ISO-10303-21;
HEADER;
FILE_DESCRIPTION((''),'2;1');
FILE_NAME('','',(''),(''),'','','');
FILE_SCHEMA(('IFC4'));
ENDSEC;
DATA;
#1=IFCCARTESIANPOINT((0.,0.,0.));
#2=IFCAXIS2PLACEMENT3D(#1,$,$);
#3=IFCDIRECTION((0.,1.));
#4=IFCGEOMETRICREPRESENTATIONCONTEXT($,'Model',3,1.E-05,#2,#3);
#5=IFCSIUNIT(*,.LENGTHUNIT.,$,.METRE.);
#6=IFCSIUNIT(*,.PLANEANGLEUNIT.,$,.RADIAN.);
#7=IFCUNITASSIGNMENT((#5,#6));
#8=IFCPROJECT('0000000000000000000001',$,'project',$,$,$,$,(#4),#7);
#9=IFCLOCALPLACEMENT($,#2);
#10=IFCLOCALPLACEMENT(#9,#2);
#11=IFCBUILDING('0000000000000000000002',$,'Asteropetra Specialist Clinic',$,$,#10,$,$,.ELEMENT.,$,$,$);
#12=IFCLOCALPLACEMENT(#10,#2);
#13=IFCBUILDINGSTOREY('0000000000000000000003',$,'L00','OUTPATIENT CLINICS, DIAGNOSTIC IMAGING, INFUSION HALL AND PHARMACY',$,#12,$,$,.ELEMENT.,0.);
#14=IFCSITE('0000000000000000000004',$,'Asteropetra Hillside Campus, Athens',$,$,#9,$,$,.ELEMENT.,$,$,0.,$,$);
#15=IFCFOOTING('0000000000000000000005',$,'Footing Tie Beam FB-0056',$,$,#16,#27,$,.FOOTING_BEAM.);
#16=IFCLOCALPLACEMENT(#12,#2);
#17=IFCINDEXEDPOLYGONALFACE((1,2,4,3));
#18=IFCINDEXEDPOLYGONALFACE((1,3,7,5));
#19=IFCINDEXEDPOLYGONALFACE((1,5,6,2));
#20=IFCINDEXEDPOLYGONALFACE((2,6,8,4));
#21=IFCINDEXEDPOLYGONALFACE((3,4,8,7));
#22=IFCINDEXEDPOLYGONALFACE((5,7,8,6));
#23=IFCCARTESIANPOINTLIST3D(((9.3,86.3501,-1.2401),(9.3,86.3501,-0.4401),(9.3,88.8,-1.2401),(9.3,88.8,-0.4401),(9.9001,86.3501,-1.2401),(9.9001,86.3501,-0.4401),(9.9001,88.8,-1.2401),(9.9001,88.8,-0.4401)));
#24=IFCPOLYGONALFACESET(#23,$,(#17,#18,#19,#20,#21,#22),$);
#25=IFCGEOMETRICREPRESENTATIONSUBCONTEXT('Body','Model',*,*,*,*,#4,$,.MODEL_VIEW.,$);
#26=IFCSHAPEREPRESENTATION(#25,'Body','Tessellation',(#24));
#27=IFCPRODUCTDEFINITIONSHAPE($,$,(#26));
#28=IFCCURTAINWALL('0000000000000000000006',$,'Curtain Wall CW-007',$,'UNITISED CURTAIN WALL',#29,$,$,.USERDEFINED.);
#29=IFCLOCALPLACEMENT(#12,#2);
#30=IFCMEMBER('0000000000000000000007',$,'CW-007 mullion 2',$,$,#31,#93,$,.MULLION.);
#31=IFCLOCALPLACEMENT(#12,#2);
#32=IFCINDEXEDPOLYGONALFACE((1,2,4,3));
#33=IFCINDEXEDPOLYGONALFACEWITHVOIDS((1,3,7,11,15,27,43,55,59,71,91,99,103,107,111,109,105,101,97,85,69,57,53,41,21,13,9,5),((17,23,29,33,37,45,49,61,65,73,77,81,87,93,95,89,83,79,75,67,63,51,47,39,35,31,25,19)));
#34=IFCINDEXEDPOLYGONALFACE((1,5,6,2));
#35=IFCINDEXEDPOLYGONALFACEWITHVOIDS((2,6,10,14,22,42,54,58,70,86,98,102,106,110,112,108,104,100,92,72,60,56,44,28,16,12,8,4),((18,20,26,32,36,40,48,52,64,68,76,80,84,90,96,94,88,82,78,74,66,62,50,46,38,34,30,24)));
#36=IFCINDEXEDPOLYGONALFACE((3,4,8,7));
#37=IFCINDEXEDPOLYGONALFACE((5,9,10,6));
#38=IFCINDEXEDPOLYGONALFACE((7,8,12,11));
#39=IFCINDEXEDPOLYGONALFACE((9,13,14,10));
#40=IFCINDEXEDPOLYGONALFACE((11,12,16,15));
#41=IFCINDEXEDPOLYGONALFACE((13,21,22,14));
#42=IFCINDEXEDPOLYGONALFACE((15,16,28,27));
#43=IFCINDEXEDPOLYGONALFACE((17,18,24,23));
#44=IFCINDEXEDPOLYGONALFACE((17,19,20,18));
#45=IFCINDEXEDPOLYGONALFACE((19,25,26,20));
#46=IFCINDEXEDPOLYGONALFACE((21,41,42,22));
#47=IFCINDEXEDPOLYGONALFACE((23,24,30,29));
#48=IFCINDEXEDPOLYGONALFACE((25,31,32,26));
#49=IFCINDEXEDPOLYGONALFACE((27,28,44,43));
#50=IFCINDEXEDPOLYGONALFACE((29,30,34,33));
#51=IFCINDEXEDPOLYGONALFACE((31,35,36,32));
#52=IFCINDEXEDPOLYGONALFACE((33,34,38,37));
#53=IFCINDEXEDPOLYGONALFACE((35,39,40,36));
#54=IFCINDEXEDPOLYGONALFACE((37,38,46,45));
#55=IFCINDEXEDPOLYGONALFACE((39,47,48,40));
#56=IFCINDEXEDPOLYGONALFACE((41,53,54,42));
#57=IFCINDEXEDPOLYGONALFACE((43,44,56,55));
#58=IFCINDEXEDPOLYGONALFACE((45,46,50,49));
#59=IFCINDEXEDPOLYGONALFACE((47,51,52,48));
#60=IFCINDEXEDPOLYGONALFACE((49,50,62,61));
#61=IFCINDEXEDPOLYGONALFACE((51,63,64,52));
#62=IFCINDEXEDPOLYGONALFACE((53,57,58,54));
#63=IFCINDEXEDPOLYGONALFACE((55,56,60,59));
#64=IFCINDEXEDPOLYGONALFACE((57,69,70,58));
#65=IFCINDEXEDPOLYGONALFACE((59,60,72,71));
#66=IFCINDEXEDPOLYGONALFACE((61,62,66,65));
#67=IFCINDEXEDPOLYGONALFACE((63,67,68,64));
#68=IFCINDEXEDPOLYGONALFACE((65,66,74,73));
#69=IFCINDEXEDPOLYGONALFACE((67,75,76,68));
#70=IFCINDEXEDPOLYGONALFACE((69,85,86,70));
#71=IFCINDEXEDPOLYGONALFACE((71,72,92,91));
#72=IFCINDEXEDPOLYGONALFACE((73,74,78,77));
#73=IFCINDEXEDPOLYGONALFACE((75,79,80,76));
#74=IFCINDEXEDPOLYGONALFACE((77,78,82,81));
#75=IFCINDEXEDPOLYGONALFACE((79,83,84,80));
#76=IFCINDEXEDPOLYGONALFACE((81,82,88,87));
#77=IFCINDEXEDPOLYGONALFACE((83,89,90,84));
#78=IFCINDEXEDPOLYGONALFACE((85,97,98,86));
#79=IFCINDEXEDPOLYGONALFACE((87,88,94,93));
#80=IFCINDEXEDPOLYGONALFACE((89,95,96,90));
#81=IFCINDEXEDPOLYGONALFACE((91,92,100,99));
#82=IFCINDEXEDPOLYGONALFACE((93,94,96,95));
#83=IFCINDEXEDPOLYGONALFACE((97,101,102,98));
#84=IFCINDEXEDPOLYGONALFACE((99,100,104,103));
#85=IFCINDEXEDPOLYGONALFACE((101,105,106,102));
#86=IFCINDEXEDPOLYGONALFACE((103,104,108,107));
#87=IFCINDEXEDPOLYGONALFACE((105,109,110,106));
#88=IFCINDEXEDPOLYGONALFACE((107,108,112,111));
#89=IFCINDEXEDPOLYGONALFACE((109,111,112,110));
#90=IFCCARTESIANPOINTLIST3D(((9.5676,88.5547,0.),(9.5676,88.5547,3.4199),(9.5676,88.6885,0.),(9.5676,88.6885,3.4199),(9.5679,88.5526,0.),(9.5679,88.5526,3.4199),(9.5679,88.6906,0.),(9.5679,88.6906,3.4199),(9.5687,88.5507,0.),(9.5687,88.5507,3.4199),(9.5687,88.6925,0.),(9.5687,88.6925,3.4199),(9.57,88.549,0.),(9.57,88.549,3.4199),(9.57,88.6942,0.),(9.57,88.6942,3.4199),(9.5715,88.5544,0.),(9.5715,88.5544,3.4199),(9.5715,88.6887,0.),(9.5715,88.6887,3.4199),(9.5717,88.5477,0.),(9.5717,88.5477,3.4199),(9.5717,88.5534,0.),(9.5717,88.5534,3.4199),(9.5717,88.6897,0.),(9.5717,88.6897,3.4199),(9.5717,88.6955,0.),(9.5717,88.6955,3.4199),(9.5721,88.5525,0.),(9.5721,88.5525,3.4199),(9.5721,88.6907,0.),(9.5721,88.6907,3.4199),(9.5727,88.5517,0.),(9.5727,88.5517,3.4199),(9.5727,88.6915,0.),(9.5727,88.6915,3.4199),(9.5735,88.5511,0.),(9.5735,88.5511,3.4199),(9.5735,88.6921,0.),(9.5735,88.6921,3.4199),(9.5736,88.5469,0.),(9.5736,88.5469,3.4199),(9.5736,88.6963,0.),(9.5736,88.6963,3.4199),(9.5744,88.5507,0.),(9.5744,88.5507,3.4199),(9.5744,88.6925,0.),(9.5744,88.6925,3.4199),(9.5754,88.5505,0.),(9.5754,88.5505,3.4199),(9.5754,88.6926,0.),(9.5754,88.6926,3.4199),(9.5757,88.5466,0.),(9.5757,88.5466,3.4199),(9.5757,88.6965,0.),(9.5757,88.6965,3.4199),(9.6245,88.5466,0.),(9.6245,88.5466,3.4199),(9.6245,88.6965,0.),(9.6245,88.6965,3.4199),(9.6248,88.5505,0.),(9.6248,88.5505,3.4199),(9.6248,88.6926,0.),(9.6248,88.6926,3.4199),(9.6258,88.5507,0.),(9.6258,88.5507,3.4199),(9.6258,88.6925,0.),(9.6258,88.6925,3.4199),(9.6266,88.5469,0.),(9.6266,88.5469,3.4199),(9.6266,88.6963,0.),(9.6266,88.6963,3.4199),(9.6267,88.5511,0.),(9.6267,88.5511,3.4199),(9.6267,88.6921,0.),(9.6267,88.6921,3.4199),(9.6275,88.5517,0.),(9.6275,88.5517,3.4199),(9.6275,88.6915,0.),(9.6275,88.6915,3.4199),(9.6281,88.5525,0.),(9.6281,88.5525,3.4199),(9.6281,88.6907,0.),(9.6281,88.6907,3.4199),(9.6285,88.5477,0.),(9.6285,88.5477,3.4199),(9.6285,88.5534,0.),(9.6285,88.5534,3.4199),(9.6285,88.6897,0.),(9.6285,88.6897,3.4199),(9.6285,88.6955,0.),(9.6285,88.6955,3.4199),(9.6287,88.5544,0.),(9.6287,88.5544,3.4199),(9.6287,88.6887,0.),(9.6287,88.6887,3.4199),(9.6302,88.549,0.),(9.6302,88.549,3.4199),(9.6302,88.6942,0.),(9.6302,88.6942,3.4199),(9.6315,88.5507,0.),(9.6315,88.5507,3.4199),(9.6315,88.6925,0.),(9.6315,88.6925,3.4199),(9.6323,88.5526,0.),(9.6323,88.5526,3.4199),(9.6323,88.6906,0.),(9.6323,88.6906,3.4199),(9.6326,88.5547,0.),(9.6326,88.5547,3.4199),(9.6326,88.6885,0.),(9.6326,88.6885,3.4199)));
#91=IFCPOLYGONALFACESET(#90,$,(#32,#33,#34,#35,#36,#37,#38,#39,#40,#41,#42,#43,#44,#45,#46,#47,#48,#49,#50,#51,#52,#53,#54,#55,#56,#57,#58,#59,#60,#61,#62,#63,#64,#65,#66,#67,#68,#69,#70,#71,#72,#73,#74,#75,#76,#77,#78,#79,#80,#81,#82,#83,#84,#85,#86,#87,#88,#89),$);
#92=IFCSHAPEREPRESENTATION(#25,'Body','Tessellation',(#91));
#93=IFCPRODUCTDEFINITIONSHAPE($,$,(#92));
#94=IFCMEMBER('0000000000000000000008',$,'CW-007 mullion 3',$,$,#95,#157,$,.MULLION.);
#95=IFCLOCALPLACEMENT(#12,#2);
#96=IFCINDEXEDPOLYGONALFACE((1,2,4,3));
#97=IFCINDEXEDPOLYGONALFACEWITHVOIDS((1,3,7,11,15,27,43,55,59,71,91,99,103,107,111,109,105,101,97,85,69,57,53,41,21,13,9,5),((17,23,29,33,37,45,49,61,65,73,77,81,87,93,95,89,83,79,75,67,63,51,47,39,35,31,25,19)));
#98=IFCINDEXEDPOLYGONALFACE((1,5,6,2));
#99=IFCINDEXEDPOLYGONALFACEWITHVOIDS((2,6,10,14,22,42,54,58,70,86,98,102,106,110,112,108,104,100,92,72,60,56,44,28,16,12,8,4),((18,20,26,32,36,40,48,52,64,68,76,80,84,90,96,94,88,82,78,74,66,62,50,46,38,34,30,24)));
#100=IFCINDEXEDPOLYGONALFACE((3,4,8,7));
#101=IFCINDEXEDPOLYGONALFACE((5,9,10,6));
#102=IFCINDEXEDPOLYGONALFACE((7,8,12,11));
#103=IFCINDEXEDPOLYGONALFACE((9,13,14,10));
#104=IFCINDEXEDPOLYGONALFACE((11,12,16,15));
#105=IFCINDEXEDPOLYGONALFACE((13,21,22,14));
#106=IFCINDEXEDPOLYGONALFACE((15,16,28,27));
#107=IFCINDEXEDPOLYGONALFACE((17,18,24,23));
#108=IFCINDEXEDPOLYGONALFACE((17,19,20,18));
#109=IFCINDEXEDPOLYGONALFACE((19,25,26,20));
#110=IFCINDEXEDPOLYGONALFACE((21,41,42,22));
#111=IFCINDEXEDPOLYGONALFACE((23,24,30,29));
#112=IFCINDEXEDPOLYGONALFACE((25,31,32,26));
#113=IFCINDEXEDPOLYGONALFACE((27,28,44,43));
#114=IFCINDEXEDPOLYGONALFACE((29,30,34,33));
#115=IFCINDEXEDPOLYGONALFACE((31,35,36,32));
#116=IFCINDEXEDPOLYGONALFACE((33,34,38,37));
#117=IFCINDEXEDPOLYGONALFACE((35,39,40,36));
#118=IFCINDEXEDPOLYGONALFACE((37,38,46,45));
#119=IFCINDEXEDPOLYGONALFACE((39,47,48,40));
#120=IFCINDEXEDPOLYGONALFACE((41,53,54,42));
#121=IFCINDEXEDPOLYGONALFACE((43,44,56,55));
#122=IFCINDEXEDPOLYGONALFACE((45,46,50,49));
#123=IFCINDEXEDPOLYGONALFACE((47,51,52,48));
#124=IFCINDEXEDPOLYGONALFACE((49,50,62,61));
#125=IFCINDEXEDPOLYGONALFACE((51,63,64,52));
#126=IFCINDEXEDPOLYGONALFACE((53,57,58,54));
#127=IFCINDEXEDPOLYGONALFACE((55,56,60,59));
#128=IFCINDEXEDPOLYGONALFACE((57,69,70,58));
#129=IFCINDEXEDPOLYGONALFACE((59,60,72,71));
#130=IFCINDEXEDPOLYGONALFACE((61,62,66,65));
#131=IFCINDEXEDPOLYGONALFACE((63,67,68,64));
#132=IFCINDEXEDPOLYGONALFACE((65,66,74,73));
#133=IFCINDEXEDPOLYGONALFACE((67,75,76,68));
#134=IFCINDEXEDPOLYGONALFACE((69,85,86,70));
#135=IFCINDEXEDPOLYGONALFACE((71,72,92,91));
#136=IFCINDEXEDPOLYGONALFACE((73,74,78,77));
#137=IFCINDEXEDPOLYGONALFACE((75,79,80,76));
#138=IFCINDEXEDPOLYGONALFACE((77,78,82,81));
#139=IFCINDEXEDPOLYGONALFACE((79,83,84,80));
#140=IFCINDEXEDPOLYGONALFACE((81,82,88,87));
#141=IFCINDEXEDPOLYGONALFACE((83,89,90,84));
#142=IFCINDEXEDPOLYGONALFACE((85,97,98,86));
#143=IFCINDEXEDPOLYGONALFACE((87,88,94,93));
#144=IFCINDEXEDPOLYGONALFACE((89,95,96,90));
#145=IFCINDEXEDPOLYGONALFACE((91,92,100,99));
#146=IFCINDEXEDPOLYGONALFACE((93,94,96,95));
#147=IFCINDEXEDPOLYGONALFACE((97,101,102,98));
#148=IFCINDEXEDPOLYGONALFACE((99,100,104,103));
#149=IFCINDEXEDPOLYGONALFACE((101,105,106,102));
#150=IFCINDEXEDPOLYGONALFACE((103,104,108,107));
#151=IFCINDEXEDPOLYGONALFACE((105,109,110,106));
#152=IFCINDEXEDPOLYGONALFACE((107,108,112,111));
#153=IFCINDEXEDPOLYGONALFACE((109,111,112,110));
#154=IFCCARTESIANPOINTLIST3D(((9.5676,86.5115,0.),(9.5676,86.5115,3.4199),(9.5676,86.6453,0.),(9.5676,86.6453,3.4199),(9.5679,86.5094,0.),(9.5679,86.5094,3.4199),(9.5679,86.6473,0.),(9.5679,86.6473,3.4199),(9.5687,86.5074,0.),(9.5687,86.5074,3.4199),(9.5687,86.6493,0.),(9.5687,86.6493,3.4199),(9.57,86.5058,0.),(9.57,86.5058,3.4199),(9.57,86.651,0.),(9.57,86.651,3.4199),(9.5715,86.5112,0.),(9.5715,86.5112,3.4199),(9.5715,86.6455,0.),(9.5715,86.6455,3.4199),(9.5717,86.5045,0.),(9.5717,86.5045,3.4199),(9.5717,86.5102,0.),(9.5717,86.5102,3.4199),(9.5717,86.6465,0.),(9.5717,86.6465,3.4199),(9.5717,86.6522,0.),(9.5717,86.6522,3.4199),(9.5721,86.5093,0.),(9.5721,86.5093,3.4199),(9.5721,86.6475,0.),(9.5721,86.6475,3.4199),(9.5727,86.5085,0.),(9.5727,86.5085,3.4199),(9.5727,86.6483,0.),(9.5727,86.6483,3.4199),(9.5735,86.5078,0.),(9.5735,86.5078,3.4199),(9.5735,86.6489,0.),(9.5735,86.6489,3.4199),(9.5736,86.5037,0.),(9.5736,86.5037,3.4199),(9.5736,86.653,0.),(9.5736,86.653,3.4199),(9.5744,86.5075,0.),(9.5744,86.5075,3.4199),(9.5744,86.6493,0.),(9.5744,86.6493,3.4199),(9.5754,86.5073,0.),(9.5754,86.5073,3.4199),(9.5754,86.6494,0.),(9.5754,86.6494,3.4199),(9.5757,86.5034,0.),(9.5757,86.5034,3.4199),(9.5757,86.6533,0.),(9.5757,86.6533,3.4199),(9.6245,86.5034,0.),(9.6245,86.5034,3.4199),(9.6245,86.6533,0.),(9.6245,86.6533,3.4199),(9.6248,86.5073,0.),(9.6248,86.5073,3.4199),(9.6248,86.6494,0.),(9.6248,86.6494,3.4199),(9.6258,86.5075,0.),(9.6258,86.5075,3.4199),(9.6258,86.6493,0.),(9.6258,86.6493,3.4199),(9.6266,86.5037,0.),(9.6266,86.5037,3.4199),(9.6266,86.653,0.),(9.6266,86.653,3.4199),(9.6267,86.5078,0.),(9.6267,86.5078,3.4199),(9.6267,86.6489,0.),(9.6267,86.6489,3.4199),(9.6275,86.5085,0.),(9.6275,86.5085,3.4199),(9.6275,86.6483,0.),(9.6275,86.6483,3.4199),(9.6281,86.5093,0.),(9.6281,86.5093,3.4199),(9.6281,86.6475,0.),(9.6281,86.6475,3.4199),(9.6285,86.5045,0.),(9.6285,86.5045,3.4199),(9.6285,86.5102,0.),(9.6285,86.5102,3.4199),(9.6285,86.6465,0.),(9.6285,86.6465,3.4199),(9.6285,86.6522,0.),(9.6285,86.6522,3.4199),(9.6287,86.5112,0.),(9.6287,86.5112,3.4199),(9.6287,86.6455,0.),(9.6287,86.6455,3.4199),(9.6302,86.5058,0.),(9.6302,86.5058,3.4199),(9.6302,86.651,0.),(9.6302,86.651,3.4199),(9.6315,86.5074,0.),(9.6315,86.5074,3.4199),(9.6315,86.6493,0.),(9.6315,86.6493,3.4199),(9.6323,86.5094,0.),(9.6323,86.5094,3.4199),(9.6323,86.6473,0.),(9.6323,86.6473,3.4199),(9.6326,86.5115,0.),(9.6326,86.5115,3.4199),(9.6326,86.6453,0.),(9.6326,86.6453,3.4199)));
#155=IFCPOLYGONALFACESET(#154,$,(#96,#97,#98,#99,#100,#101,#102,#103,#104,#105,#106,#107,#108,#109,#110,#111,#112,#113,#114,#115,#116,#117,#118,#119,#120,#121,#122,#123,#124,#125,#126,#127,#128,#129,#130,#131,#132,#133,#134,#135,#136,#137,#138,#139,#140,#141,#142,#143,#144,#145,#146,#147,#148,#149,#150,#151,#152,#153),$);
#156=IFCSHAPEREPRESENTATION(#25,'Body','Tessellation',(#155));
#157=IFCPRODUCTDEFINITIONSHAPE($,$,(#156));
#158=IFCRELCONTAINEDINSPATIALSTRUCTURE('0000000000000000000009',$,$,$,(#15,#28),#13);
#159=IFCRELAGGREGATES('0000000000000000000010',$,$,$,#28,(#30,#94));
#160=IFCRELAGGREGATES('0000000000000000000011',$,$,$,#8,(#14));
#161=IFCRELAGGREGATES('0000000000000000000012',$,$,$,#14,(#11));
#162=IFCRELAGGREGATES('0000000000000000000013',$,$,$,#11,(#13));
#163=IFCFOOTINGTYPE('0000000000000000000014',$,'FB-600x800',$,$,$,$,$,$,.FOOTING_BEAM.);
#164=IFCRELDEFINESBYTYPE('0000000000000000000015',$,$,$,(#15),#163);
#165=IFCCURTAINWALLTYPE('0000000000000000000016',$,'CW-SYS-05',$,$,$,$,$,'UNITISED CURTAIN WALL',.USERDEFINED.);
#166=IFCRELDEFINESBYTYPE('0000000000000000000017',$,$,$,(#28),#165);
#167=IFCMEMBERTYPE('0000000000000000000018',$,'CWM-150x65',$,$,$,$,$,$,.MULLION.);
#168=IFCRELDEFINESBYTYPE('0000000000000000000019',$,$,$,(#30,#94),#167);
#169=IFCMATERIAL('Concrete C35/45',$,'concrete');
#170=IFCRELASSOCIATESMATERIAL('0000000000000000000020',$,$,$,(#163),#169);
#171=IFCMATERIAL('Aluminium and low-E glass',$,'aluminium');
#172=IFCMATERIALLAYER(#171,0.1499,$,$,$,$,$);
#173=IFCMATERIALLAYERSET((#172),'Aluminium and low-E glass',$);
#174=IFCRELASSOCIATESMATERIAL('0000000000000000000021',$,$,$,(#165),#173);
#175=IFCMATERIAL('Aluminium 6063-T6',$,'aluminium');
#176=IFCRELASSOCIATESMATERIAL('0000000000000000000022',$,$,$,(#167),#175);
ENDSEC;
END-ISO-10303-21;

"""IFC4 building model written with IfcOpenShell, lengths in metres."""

from ifc_helpers import new_model, si_unit, direction, frame, origin, origin_2d, place, context, subcontext, project, spatial, rectangle, hollow_rectangle, extrude, material, layer, layer_set, material_profile, profile_set, type_object, element, aggregate, save


model = new_model("IFC4")

# Units and contexts
model_context = context("Model", 3, precision=1e-05, world=origin(), true_north=direction((0.0, 1.0)))
body_context = subcontext(model_context, "Body", "Model", "MODEL_VIEW")
ifc_project = project(units=[si_unit("LENGTHUNIT", "METRE"), si_unit("PLANEANGLEUNIT", "RADIAN")], contexts=[model_context])

# Site, building, storey
site_placement = place(None, origin())
site = spatial("IfcSite", under=ifc_project, at=site_placement, Name="Asteropetra Hillside Campus, Athens", CompositionType="ELEMENT", RefElevation=0.0)
building_placement = place(site_placement, origin())
building = spatial("IfcBuilding", under=site, at=building_placement, Name="Asteropetra Specialist Clinic", CompositionType="ELEMENT")
storey_placement = place(building_placement, origin())
storey = spatial("IfcBuildingStorey", under=building, at=storey_placement, Name="L00", Description="OUTPATIENT CLINICS, DIAGNOSTIC IMAGING, INFUSION HALL AND PHARMACY", CompositionType="ELEMENT", Elevation=0.0)

# Footing
ifc_material_1 = material(Name="Concrete C35/45", Category="concrete")
ifc_material_profile_1 = material_profile(ifc_material_1, rectangle(XDim=0.6001, YDim=0.8, at=origin_2d()), Name="FB 600x800")
ifc_profile_set_1 = profile_set([ifc_material_profile_1], Name="Concrete C35/45")
footing_type = type_object("IfcFootingType", Name="FB-600x800", PredefinedType="FOOTING_BEAM", material=ifc_profile_set_1)
footing_placement = place(storey_placement, frame((9.6001, 86.3501, -0.8401), z_axis=(0.0, 1.0, 0.0), x_axis=(-1.0, 0.0, 0.0)))
element("IfcFooting", 1, at=footing_placement, inside=storey, type_object=footing_type, Name="Footing Tie Beam FB-0056", PredefinedType="FOOTING_BEAM", context=body_context, shape_type="SweptSolid", body=[
    extrude(rectangle(XDim=0.6001, YDim=0.8, at=origin_2d()), origin(), (0.0, 0.0, 1.0), 2.45),
])

# Curtain wall, members
ifc_material_2 = material(Name="Aluminium and low-E glass", Category="aluminium")
ifc_layer_1 = layer(ifc_material_2, 0.1499)
ifc_layer_set_1 = layer_set([ifc_layer_1], Name="Aluminium and low-E glass")
curtain_wall_type = type_object("IfcCurtainWallType", Name="CW-SYS-05", ElementType="UNITISED CURTAIN WALL", PredefinedType="USERDEFINED", material=ifc_layer_set_1)
curtain_wall_placement = place(storey_placement, origin())
curtain_wall = element("IfcCurtainWall", 2, at=curtain_wall_placement, inside=storey, type_object=curtain_wall_type, Name="Curtain Wall CW-007", ObjectType="UNITISED CURTAIN WALL", PredefinedType="USERDEFINED")
ifc_material_3 = material(Name="Aluminium 6063-T6", Category="aluminium")
ifc_material_profile_2 = material_profile(ifc_material_3, hollow_rectangle(XDim=0.0649, YDim=0.1499, WallThickness=0.0039, InnerFilletRadius=0.0039, OuterFilletRadius=0.0081, at=origin_2d()), Name="MUL 150x65x4.0")
ifc_profile_set_2 = profile_set([ifc_material_profile_2], Name="Aluminium 6063-T6")
member_type_1 = type_object("IfcMemberType", Name="CWM-150x65", PredefinedType="MULLION", material=ifc_profile_set_2)
member_1_placement = place(storey_placement, frame((9.6001, 88.6216, 0.0), z_axis=(0.0, 0.0, 1.0), x_axis=(1.0, 0.0, 0.0)))
member_1 = element("IfcMember", 3, at=member_1_placement, type_object=member_type_1, Name="CW-007 mullion 2", PredefinedType="MULLION", context=body_context, shape_type="SweptSolid", body=[
    extrude(hollow_rectangle(XDim=0.0649, YDim=0.1499, WallThickness=0.0039, InnerFilletRadius=0.0039, OuterFilletRadius=0.0081, at=origin_2d()), origin(), (0.0, 0.0, 1.0), 3.4199),
])
member_2_placement = place(storey_placement, frame((9.6001, 86.5784, 0.0), z_axis=(0.0, 0.0, 1.0), x_axis=(1.0, 0.0, 0.0)))
member_2 = element("IfcMember", 4, at=member_2_placement, type_object=member_type_1, Name="CW-007 mullion 3", PredefinedType="MULLION", context=body_context, shape_type="SweptSolid", body=[
    extrude(hollow_rectangle(XDim=0.0649, YDim=0.1499, WallThickness=0.0039, InnerFilletRadius=0.0039, OuterFilletRadius=0.0081, at=origin_2d()), origin(), (0.0, 0.0, 1.0), 3.4199),
])
aggregate(curtain_wall, [member_1, member_2])

save(model, "model.ifc")
